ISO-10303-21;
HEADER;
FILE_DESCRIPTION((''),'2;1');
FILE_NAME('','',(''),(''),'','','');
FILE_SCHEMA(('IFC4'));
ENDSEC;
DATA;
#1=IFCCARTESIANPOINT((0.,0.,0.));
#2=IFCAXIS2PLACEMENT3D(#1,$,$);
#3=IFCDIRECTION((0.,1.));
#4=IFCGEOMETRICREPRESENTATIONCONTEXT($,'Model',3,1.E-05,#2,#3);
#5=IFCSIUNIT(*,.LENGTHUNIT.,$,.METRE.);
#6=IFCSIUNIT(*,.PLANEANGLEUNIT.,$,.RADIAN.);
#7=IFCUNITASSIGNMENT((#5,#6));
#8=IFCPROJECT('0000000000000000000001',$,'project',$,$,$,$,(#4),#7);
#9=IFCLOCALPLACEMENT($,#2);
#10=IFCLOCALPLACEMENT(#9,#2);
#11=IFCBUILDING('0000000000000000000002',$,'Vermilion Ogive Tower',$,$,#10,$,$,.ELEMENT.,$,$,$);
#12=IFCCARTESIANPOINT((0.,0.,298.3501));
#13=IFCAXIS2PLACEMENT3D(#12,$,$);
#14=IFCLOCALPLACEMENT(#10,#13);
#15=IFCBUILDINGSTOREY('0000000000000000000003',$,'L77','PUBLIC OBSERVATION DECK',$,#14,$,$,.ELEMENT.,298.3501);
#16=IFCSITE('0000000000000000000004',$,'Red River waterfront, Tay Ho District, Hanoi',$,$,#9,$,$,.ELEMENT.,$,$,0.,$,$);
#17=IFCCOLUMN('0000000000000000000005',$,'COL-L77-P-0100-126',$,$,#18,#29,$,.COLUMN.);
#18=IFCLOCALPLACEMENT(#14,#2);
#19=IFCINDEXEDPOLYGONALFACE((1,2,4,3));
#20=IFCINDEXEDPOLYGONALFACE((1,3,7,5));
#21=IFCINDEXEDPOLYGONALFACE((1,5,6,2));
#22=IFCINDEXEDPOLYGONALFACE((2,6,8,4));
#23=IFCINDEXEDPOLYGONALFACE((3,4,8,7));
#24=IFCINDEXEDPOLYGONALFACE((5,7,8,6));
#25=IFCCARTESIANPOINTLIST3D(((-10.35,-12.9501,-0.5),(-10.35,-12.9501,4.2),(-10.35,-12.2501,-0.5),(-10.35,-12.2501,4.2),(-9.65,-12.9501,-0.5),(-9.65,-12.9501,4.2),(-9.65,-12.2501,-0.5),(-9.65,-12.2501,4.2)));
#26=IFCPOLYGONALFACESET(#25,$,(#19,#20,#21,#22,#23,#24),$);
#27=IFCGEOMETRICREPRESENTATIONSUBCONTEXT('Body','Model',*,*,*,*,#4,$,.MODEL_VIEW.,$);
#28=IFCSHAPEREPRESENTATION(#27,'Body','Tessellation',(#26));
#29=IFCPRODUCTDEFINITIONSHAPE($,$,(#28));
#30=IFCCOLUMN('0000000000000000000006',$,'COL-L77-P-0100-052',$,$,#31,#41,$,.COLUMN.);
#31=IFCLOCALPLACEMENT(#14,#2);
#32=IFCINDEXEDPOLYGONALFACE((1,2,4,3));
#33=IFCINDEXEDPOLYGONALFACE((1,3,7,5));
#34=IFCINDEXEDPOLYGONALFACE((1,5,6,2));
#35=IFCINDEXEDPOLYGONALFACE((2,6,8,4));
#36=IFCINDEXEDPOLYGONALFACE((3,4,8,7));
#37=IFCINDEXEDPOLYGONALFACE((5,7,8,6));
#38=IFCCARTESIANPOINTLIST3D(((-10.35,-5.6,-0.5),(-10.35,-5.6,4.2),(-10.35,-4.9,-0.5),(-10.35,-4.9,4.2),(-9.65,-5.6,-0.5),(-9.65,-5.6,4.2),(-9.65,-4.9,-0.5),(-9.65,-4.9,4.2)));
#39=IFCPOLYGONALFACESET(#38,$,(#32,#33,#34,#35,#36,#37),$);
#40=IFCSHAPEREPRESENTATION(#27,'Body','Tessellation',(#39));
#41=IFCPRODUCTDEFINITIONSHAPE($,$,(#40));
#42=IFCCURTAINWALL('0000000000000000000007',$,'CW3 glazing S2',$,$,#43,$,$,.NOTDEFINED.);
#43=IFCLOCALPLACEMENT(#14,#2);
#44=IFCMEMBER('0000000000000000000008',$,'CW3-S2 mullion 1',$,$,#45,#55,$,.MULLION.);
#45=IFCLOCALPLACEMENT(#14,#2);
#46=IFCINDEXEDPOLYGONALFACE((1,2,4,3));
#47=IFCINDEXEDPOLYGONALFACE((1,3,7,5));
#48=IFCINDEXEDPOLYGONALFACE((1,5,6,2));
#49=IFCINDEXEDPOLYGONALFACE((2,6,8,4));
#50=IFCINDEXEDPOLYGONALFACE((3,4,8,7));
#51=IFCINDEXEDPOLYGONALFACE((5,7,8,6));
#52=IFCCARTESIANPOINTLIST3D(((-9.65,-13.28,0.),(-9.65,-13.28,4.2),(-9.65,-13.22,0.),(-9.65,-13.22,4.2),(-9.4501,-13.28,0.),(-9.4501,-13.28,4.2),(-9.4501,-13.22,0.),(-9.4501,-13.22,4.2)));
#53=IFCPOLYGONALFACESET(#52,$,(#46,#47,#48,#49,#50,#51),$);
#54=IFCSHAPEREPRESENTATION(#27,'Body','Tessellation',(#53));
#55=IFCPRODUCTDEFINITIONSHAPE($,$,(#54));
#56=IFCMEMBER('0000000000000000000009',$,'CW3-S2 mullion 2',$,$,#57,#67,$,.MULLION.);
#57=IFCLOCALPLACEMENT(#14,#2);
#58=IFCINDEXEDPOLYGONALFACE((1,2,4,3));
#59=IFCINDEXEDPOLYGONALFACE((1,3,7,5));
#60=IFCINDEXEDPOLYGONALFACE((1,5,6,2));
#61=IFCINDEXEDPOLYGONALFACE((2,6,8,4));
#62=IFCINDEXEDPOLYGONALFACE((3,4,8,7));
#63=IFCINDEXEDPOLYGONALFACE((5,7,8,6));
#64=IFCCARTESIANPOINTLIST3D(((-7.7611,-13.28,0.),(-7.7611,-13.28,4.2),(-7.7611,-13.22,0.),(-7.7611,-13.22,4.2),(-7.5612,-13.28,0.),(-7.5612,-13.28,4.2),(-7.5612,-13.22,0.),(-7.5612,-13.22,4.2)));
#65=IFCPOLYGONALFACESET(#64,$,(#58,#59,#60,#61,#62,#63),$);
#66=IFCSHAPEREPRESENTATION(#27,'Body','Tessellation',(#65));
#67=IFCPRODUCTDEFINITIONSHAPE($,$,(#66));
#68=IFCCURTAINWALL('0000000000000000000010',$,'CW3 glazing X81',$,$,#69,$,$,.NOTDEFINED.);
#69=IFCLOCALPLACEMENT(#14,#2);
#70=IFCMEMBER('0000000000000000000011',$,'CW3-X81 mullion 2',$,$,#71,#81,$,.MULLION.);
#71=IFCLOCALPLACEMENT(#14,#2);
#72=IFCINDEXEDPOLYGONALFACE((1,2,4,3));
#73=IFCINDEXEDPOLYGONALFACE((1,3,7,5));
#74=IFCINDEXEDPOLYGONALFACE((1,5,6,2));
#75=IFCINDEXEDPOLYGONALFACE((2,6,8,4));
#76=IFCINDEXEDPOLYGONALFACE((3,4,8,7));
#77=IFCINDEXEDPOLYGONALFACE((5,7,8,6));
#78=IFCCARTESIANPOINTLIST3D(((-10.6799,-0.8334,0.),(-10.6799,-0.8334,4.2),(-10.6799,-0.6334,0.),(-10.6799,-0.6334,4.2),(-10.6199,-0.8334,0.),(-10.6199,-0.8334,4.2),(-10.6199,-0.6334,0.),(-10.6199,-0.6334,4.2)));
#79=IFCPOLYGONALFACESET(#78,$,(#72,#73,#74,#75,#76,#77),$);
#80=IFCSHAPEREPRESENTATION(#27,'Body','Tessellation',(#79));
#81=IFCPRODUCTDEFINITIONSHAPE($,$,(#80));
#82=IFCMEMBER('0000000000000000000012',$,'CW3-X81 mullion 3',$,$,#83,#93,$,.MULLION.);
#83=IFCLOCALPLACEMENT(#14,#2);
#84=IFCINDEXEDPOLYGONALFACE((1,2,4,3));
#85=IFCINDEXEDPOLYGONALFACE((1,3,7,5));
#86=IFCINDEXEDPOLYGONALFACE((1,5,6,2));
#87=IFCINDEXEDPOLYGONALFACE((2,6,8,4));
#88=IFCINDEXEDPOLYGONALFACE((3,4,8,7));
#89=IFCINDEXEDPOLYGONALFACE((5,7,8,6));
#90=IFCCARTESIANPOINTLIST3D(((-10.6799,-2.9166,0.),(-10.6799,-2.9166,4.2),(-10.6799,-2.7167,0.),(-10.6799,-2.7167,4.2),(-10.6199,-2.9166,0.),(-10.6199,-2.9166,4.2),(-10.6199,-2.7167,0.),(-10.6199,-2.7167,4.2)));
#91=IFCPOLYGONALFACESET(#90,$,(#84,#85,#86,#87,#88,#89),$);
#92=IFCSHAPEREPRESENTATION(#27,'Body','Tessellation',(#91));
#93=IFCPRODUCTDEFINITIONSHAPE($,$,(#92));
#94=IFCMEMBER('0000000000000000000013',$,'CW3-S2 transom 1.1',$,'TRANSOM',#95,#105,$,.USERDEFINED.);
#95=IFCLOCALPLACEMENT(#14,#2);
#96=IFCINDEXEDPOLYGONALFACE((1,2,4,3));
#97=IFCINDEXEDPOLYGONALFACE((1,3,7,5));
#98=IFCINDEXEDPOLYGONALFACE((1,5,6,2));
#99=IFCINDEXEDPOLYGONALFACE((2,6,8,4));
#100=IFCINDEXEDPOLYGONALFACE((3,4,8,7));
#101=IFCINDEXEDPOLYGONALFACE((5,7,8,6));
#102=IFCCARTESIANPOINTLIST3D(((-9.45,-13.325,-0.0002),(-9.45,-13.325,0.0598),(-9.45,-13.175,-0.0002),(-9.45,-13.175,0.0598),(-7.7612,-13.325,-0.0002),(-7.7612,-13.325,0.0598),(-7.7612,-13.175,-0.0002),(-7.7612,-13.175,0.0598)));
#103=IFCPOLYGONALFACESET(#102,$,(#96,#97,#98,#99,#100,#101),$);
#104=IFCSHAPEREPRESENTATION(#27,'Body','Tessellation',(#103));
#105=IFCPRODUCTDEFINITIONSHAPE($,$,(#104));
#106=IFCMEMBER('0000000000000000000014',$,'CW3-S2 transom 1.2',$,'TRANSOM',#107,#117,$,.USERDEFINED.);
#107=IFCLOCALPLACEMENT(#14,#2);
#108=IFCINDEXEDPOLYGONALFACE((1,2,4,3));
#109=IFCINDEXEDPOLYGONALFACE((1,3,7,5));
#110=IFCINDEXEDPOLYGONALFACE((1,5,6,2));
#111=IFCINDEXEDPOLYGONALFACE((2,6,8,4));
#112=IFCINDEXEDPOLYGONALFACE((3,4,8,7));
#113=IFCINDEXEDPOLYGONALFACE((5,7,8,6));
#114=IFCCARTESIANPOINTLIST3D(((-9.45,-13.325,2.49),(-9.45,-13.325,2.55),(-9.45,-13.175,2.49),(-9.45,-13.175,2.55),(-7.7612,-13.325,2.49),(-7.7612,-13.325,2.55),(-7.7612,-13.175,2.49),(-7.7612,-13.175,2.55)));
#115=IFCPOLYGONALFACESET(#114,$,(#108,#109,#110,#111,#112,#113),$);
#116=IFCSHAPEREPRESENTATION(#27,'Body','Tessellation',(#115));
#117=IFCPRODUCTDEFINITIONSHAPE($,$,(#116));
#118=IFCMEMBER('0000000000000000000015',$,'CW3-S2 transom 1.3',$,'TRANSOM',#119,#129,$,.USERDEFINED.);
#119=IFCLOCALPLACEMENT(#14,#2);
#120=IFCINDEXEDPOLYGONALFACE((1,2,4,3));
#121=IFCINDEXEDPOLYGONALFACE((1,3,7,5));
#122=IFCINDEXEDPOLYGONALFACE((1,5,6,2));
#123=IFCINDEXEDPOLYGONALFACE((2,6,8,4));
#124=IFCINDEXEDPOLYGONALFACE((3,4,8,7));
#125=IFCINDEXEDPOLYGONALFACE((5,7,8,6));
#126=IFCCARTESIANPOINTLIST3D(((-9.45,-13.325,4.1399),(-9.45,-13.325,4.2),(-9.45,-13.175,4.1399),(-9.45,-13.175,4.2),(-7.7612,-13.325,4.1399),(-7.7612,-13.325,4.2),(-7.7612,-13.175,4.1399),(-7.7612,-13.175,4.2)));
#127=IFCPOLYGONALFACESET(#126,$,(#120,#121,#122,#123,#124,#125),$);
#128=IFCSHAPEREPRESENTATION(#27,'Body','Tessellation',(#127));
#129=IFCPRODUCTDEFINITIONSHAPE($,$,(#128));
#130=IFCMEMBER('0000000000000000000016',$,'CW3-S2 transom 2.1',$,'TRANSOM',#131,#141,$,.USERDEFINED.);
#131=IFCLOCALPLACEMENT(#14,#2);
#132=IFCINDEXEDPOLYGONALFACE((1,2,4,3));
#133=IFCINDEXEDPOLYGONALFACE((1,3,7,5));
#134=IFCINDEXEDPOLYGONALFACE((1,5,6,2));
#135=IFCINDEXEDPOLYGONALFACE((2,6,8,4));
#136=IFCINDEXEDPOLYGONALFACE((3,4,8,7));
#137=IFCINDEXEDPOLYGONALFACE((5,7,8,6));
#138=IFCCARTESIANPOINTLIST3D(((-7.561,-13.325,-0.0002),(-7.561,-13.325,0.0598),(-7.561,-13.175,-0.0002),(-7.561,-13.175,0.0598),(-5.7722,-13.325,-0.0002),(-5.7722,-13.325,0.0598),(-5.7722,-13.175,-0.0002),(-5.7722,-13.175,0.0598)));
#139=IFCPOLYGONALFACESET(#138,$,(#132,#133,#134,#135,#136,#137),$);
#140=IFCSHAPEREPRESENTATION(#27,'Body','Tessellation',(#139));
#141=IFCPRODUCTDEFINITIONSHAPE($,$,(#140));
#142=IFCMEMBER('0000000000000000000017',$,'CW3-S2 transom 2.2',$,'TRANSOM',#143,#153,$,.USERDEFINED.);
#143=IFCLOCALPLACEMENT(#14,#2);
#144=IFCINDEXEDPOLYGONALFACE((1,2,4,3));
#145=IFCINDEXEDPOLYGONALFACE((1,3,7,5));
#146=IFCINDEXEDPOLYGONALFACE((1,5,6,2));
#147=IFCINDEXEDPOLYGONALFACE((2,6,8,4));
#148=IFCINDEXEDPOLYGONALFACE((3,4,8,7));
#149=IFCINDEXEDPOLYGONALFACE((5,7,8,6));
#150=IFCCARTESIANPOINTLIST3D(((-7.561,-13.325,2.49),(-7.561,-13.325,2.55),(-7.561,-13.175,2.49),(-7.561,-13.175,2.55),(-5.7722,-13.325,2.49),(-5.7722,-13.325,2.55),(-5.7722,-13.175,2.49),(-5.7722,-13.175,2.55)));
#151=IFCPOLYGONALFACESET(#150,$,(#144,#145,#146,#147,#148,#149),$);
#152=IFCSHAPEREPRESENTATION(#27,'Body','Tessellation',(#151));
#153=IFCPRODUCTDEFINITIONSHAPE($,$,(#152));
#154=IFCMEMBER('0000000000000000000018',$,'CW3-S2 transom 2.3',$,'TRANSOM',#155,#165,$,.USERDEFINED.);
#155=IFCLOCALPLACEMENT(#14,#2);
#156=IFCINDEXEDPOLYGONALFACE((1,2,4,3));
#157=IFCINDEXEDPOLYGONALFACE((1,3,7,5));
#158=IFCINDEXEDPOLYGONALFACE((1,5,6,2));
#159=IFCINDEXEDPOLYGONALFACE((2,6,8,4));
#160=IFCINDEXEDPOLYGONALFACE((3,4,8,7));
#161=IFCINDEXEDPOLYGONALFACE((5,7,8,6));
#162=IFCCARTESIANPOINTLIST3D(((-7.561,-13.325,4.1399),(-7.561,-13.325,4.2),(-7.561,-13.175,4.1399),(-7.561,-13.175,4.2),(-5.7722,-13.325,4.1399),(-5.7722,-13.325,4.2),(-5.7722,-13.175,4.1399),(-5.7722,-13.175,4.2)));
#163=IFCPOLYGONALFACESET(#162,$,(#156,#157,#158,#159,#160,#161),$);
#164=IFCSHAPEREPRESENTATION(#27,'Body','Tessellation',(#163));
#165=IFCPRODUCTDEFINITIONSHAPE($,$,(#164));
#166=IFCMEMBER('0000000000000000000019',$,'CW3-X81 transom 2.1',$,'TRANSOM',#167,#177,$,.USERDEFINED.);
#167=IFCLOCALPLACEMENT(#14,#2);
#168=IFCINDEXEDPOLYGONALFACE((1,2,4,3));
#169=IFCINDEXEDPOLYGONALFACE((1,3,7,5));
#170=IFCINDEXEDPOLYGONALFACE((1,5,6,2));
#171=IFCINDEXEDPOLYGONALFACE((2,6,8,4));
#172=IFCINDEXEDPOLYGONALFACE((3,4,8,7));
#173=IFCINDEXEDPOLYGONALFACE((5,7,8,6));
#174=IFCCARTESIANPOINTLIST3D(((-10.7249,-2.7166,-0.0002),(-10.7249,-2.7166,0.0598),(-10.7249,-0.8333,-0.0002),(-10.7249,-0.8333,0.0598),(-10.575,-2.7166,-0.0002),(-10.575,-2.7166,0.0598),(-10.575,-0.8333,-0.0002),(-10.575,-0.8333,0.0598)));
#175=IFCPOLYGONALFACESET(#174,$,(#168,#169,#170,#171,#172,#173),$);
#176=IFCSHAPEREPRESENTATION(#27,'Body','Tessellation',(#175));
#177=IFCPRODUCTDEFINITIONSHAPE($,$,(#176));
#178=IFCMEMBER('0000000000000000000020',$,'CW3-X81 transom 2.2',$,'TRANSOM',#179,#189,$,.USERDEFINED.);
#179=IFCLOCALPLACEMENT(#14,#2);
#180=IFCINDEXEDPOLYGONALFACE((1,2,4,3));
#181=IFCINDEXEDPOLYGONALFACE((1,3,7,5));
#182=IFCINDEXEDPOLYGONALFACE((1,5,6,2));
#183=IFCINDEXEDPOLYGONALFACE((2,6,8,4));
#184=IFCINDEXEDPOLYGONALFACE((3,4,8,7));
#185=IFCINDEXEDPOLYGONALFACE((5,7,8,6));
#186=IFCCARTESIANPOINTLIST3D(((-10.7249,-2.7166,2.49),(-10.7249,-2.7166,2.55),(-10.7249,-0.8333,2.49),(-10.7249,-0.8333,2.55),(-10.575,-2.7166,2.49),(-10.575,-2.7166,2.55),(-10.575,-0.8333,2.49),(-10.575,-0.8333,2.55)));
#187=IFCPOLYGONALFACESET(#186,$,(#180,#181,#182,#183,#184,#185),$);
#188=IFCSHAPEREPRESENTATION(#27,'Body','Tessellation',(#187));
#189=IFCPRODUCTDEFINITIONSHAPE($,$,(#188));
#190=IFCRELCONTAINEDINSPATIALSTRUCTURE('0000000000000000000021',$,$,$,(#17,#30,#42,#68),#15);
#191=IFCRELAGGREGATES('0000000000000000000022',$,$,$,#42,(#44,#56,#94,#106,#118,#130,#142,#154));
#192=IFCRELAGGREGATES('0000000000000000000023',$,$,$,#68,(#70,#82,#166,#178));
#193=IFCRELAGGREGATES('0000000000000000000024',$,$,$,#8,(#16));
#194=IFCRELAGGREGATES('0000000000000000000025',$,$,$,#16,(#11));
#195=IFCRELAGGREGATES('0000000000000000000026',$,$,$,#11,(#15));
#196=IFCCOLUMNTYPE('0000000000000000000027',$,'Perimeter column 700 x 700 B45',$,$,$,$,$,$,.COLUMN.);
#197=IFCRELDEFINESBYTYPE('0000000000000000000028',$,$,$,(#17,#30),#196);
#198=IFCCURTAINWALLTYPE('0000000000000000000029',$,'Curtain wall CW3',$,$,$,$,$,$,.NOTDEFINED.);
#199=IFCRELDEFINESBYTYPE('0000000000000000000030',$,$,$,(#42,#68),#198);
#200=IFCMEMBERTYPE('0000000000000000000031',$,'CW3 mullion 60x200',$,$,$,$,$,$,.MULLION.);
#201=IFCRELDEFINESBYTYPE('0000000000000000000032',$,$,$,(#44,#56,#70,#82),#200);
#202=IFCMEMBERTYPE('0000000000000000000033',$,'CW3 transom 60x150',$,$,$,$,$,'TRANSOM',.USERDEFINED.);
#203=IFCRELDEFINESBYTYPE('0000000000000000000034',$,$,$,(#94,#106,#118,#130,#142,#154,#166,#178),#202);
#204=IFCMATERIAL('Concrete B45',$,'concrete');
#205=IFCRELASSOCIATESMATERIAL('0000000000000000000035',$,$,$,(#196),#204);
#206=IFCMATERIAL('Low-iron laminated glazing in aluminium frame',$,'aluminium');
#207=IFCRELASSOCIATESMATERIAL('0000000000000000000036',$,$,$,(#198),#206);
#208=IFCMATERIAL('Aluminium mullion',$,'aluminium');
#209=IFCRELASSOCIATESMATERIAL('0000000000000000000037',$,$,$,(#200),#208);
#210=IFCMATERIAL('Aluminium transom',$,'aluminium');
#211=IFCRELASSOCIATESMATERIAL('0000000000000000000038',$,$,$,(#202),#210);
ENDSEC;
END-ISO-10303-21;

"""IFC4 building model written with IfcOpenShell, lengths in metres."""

from ifc_helpers import new_model, si_unit, direction, frame, origin, origin_2d, place, context, subcontext, project, spatial, rectangle, extrude, material, material_profile, profile_set, type_object, element, aggregate, save


model = new_model("IFC4")

# Units and contexts
model_context = context("Model", 3, precision=1e-05, world=origin(), true_north=direction((0.0, 1.0)))
body_context = subcontext(model_context, "Body", "Model", "MODEL_VIEW")
ifc_project = project(units=[si_unit("LENGTHUNIT", "METRE"), si_unit("PLANEANGLEUNIT", "RADIAN")], contexts=[model_context])

# Site, building, storey
site_placement = place(None, origin())
site = spatial("IfcSite", under=ifc_project, at=site_placement, Name="Red River waterfront, Tay Ho District, Hanoi", CompositionType="ELEMENT", RefElevation=0.0)
building_placement = place(site_placement, origin())
building = spatial("IfcBuilding", under=site, at=building_placement, Name="Vermilion Ogive Tower", CompositionType="ELEMENT")
storey_placement = place(building_placement, frame((0.0, 0.0, 298.3501)))
storey = spatial("IfcBuildingStorey", under=building, at=storey_placement, Name="L77", Description="PUBLIC OBSERVATION DECK", CompositionType="ELEMENT", Elevation=298.3501)

# Columns
ifc_material_1 = material(Name="Concrete B45", Category="concrete")
ifc_material_profile_1 = material_profile(ifc_material_1, rectangle(XDim=0.7, YDim=0.7, at=origin_2d()), Name="700 x 700")
ifc_profile_set_1 = profile_set([ifc_material_profile_1], Name="Concrete B45")
column_type = type_object("IfcColumnType", Name="Perimeter column 700 x 700 B45", PredefinedType="COLUMN", material=ifc_profile_set_1)
for number, where, z_axis, x_axis, name in (
    (1, (-10.0, -12.6001, -0.5), (0.0, 0.0, 1.0), (1.0, 0.0, 0.0), "COL-L77-P-0100-126"),
    (2, (-10.0, -5.25, -0.5), (0.0, 0.0, 1.0), (1.0, 0.0, 0.0), "COL-L77-P-0100-052"),
):
    element("IfcColumn", number, at=place(storey_placement, frame(where, z_axis=z_axis, x_axis=x_axis)), inside=storey, type_object=column_type, Name=name, PredefinedType="COLUMN", context=body_context, shape_type="SweptSolid", body=[
        extrude(rectangle(XDim=0.7, YDim=0.7, at=origin_2d()), origin(), (0.0, 0.0, 1.0), 4.7),
    ])

# Curtain walls, members
ifc_material_2 = material(Name="Low-iron laminated glazing in aluminium frame", Category="aluminium")
curtain_wall_type = type_object("IfcCurtainWallType", Name="Curtain wall CW3", PredefinedType="NOTDEFINED", material=ifc_material_2)
curtain_wall_1_placement = place(storey_placement, origin())
curtain_wall_1 = element("IfcCurtainWall", 3, at=curtain_wall_1_placement, inside=storey, type_object=curtain_wall_type, Name="CW3 glazing S2", PredefinedType="NOTDEFINED")
ifc_material_3 = material(Name="Aluminium mullion", Category="aluminium")
ifc_material_profile_2 = material_profile(ifc_material_3, rectangle(XDim=0.0601, YDim=0.2, at=origin_2d()), Name="AL 60x200")
ifc_profile_set_2 = profile_set([ifc_material_profile_2], Name="Aluminium mullion")
member_type_1 = type_object("IfcMemberType", Name="CW3 mullion 60x200", PredefinedType="MULLION", material=ifc_profile_set_2)
member_1_placement = place(storey_placement, frame((-9.55, -13.25, 0.0), z_axis=(0.0, 0.0, 1.0), x_axis=(0.0, 1.0, 0.0)))
member_1 = element("IfcMember", 4, at=member_1_placement, type_object=member_type_1, Name="CW3-S2 mullion 1", PredefinedType="MULLION", context=body_context, shape_type="SweptSolid", body=[
    extrude(rectangle(XDim=0.0601, YDim=0.2, at=origin_2d()), origin(), (0.0, 0.0, 1.0), 4.2),
])
member_2_placement = place(storey_placement, frame((-7.6611, -13.25, 0.0), z_axis=(0.0, 0.0, 1.0), x_axis=(0.0, 1.0, 0.0)))
member_2 = element("IfcMember", 5, at=member_2_placement, type_object=member_type_1, Name="CW3-S2 mullion 2", PredefinedType="MULLION", context=body_context, shape_type="SweptSolid", body=[
    extrude(rectangle(XDim=0.0601, YDim=0.2, at=origin_2d()), origin(), (0.0, 0.0, 1.0), 4.2),
])
curtain_wall_2_placement = place(storey_placement, origin())
curtain_wall_2 = element("IfcCurtainWall", 6, at=curtain_wall_2_placement, inside=storey, type_object=curtain_wall_type, Name="CW3 glazing X81", PredefinedType="NOTDEFINED")
member_3_placement = place(storey_placement, frame((-10.6499, -0.7334, 0.0), z_axis=(0.0, 0.0, 1.0), x_axis=(1.0, 0.0, 0.0)))
member_3 = element("IfcMember", 7, at=member_3_placement, type_object=member_type_1, Name="CW3-X81 mullion 2", PredefinedType="MULLION", context=body_context, shape_type="SweptSolid", body=[
    extrude(rectangle(XDim=0.0601, YDim=0.2, at=origin_2d()), origin(), (0.0, 0.0, 1.0), 4.2),
])
member_4_placement = place(storey_placement, frame((-10.6499, -2.8167, 0.0), z_axis=(0.0, 0.0, 1.0), x_axis=(1.0, 0.0, 0.0)))
member_4 = element("IfcMember", 8, at=member_4_placement, type_object=member_type_1, Name="CW3-X81 mullion 3", PredefinedType="MULLION", context=body_context, shape_type="SweptSolid", body=[
    extrude(rectangle(XDim=0.0601, YDim=0.2, at=origin_2d()), origin(), (0.0, 0.0, 1.0), 4.2),
])

# Members
ifc_material_4 = material(Name="Aluminium transom", Category="aluminium")
ifc_material_profile_3 = material_profile(ifc_material_4, rectangle(XDim=0.1499, YDim=0.0601, at=origin_2d()), Name="AL 60x150")
ifc_profile_set_3 = profile_set([ifc_material_profile_3], Name="Aluminium transom")
member_type_2 = type_object("IfcMemberType", Name="CW3 transom 60x150", ElementType="TRANSOM", PredefinedType="USERDEFINED", material=ifc_profile_set_3)
member_5_placement = place(storey_placement, frame((-9.45, -13.25, 0.0298), z_axis=(1.0, 0.0, 0.0), x_axis=(0.0, 1.0, 0.0)))
member_5 = element("IfcMember", 9, at=member_5_placement, type_object=member_type_2, Name="CW3-S2 transom 1.1", ObjectType="TRANSOM", PredefinedType="USERDEFINED", context=body_context, shape_type="SweptSolid", body=[
    extrude(rectangle(XDim=0.1499, YDim=0.0601, at=origin_2d()), origin(), (0.0, 0.0, 1.0), 1.6887),
])
member_6_placement = place(storey_placement, frame((-9.45, -13.25, 2.52), z_axis=(1.0, 0.0, 0.0), x_axis=(0.0, 1.0, 0.0)))
member_6 = element("IfcMember", 10, at=member_6_placement, type_object=member_type_2, Name="CW3-S2 transom 1.2", ObjectType="TRANSOM", PredefinedType="USERDEFINED", context=body_context, shape_type="SweptSolid", body=[
    extrude(rectangle(XDim=0.1499, YDim=0.0601, at=origin_2d()), origin(), (0.0, 0.0, 1.0), 1.6887),
])
member_7_placement = place(storey_placement, frame((-9.45, -13.25, 4.1699), z_axis=(1.0, 0.0, 0.0), x_axis=(0.0, 1.0, 0.0)))
member_7 = element("IfcMember", 11, at=member_7_placement, type_object=member_type_2, Name="CW3-S2 transom 1.3", ObjectType="TRANSOM", PredefinedType="USERDEFINED", context=body_context, shape_type="SweptSolid", body=[
    extrude(rectangle(XDim=0.1499, YDim=0.0601, at=origin_2d()), origin(), (0.0, 0.0, 1.0), 1.6887),
])
member_8_placement = place(storey_placement, frame((-7.561, -13.25, 0.0298), z_axis=(1.0, 0.0, 0.0), x_axis=(0.0, 1.0, 0.0)))
member_8 = element("IfcMember", 12, at=member_8_placement, type_object=member_type_2, Name="CW3-S2 transom 2.1", ObjectType="TRANSOM", PredefinedType="USERDEFINED", context=body_context, shape_type="SweptSolid", body=[
    extrude(rectangle(XDim=0.1499, YDim=0.0601, at=origin_2d()), origin(), (0.0, 0.0, 1.0), 1.7888),
])
member_9_placement = place(storey_placement, frame((-7.561, -13.25, 2.52), z_axis=(1.0, 0.0, 0.0), x_axis=(0.0, 1.0, 0.0)))
member_9 = element("IfcMember", 13, at=member_9_placement, type_object=member_type_2, Name="CW3-S2 transom 2.2", ObjectType="TRANSOM", PredefinedType="USERDEFINED", context=body_context, shape_type="SweptSolid", body=[
    extrude(rectangle(XDim=0.1499, YDim=0.0601, at=origin_2d()), origin(), (0.0, 0.0, 1.0), 1.7888),
])
member_10_placement = place(storey_placement, frame((-7.561, -13.25, 4.1699), z_axis=(1.0, 0.0, 0.0), x_axis=(0.0, 1.0, 0.0)))
member_10 = element("IfcMember", 14, at=member_10_placement, type_object=member_type_2, Name="CW3-S2 transom 2.3", ObjectType="TRANSOM", PredefinedType="USERDEFINED", context=body_context, shape_type="SweptSolid", body=[
    extrude(rectangle(XDim=0.1499, YDim=0.0601, at=origin_2d()), origin(), (0.0, 0.0, 1.0), 1.7888),
])
member_11_placement = place(storey_placement, frame((-10.6499, -0.8333, 0.0298), z_axis=(0.0, -1.0, 0.0), x_axis=(1.0, 0.0, 0.0)))
member_11 = element("IfcMember", 15, at=member_11_placement, type_object=member_type_2, Name="CW3-X81 transom 2.1", ObjectType="TRANSOM", PredefinedType="USERDEFINED", context=body_context, shape_type="SweptSolid", body=[
    extrude(rectangle(XDim=0.1499, YDim=0.0601, at=origin_2d()), origin(), (0.0, 0.0, 1.0), 1.8833),
])
member_12_placement = place(storey_placement, frame((-10.6499, -0.8333, 2.52), z_axis=(0.0, -1.0, 0.0), x_axis=(1.0, 0.0, 0.0)))
member_12 = element("IfcMember", 16, at=member_12_placement, type_object=member_type_2, Name="CW3-X81 transom 2.2", ObjectType="TRANSOM", PredefinedType="USERDEFINED", context=body_context, shape_type="SweptSolid", body=[
    extrude(rectangle(XDim=0.1499, YDim=0.0601, at=origin_2d()), origin(), (0.0, 0.0, 1.0), 1.8833),
])

aggregate(curtain_wall_1, [member_1, member_2, member_5, member_6, member_7, member_8, member_9, member_10])
aggregate(curtain_wall_2, [member_3, member_4, member_11, member_12])

save(model, "model.ifc")
